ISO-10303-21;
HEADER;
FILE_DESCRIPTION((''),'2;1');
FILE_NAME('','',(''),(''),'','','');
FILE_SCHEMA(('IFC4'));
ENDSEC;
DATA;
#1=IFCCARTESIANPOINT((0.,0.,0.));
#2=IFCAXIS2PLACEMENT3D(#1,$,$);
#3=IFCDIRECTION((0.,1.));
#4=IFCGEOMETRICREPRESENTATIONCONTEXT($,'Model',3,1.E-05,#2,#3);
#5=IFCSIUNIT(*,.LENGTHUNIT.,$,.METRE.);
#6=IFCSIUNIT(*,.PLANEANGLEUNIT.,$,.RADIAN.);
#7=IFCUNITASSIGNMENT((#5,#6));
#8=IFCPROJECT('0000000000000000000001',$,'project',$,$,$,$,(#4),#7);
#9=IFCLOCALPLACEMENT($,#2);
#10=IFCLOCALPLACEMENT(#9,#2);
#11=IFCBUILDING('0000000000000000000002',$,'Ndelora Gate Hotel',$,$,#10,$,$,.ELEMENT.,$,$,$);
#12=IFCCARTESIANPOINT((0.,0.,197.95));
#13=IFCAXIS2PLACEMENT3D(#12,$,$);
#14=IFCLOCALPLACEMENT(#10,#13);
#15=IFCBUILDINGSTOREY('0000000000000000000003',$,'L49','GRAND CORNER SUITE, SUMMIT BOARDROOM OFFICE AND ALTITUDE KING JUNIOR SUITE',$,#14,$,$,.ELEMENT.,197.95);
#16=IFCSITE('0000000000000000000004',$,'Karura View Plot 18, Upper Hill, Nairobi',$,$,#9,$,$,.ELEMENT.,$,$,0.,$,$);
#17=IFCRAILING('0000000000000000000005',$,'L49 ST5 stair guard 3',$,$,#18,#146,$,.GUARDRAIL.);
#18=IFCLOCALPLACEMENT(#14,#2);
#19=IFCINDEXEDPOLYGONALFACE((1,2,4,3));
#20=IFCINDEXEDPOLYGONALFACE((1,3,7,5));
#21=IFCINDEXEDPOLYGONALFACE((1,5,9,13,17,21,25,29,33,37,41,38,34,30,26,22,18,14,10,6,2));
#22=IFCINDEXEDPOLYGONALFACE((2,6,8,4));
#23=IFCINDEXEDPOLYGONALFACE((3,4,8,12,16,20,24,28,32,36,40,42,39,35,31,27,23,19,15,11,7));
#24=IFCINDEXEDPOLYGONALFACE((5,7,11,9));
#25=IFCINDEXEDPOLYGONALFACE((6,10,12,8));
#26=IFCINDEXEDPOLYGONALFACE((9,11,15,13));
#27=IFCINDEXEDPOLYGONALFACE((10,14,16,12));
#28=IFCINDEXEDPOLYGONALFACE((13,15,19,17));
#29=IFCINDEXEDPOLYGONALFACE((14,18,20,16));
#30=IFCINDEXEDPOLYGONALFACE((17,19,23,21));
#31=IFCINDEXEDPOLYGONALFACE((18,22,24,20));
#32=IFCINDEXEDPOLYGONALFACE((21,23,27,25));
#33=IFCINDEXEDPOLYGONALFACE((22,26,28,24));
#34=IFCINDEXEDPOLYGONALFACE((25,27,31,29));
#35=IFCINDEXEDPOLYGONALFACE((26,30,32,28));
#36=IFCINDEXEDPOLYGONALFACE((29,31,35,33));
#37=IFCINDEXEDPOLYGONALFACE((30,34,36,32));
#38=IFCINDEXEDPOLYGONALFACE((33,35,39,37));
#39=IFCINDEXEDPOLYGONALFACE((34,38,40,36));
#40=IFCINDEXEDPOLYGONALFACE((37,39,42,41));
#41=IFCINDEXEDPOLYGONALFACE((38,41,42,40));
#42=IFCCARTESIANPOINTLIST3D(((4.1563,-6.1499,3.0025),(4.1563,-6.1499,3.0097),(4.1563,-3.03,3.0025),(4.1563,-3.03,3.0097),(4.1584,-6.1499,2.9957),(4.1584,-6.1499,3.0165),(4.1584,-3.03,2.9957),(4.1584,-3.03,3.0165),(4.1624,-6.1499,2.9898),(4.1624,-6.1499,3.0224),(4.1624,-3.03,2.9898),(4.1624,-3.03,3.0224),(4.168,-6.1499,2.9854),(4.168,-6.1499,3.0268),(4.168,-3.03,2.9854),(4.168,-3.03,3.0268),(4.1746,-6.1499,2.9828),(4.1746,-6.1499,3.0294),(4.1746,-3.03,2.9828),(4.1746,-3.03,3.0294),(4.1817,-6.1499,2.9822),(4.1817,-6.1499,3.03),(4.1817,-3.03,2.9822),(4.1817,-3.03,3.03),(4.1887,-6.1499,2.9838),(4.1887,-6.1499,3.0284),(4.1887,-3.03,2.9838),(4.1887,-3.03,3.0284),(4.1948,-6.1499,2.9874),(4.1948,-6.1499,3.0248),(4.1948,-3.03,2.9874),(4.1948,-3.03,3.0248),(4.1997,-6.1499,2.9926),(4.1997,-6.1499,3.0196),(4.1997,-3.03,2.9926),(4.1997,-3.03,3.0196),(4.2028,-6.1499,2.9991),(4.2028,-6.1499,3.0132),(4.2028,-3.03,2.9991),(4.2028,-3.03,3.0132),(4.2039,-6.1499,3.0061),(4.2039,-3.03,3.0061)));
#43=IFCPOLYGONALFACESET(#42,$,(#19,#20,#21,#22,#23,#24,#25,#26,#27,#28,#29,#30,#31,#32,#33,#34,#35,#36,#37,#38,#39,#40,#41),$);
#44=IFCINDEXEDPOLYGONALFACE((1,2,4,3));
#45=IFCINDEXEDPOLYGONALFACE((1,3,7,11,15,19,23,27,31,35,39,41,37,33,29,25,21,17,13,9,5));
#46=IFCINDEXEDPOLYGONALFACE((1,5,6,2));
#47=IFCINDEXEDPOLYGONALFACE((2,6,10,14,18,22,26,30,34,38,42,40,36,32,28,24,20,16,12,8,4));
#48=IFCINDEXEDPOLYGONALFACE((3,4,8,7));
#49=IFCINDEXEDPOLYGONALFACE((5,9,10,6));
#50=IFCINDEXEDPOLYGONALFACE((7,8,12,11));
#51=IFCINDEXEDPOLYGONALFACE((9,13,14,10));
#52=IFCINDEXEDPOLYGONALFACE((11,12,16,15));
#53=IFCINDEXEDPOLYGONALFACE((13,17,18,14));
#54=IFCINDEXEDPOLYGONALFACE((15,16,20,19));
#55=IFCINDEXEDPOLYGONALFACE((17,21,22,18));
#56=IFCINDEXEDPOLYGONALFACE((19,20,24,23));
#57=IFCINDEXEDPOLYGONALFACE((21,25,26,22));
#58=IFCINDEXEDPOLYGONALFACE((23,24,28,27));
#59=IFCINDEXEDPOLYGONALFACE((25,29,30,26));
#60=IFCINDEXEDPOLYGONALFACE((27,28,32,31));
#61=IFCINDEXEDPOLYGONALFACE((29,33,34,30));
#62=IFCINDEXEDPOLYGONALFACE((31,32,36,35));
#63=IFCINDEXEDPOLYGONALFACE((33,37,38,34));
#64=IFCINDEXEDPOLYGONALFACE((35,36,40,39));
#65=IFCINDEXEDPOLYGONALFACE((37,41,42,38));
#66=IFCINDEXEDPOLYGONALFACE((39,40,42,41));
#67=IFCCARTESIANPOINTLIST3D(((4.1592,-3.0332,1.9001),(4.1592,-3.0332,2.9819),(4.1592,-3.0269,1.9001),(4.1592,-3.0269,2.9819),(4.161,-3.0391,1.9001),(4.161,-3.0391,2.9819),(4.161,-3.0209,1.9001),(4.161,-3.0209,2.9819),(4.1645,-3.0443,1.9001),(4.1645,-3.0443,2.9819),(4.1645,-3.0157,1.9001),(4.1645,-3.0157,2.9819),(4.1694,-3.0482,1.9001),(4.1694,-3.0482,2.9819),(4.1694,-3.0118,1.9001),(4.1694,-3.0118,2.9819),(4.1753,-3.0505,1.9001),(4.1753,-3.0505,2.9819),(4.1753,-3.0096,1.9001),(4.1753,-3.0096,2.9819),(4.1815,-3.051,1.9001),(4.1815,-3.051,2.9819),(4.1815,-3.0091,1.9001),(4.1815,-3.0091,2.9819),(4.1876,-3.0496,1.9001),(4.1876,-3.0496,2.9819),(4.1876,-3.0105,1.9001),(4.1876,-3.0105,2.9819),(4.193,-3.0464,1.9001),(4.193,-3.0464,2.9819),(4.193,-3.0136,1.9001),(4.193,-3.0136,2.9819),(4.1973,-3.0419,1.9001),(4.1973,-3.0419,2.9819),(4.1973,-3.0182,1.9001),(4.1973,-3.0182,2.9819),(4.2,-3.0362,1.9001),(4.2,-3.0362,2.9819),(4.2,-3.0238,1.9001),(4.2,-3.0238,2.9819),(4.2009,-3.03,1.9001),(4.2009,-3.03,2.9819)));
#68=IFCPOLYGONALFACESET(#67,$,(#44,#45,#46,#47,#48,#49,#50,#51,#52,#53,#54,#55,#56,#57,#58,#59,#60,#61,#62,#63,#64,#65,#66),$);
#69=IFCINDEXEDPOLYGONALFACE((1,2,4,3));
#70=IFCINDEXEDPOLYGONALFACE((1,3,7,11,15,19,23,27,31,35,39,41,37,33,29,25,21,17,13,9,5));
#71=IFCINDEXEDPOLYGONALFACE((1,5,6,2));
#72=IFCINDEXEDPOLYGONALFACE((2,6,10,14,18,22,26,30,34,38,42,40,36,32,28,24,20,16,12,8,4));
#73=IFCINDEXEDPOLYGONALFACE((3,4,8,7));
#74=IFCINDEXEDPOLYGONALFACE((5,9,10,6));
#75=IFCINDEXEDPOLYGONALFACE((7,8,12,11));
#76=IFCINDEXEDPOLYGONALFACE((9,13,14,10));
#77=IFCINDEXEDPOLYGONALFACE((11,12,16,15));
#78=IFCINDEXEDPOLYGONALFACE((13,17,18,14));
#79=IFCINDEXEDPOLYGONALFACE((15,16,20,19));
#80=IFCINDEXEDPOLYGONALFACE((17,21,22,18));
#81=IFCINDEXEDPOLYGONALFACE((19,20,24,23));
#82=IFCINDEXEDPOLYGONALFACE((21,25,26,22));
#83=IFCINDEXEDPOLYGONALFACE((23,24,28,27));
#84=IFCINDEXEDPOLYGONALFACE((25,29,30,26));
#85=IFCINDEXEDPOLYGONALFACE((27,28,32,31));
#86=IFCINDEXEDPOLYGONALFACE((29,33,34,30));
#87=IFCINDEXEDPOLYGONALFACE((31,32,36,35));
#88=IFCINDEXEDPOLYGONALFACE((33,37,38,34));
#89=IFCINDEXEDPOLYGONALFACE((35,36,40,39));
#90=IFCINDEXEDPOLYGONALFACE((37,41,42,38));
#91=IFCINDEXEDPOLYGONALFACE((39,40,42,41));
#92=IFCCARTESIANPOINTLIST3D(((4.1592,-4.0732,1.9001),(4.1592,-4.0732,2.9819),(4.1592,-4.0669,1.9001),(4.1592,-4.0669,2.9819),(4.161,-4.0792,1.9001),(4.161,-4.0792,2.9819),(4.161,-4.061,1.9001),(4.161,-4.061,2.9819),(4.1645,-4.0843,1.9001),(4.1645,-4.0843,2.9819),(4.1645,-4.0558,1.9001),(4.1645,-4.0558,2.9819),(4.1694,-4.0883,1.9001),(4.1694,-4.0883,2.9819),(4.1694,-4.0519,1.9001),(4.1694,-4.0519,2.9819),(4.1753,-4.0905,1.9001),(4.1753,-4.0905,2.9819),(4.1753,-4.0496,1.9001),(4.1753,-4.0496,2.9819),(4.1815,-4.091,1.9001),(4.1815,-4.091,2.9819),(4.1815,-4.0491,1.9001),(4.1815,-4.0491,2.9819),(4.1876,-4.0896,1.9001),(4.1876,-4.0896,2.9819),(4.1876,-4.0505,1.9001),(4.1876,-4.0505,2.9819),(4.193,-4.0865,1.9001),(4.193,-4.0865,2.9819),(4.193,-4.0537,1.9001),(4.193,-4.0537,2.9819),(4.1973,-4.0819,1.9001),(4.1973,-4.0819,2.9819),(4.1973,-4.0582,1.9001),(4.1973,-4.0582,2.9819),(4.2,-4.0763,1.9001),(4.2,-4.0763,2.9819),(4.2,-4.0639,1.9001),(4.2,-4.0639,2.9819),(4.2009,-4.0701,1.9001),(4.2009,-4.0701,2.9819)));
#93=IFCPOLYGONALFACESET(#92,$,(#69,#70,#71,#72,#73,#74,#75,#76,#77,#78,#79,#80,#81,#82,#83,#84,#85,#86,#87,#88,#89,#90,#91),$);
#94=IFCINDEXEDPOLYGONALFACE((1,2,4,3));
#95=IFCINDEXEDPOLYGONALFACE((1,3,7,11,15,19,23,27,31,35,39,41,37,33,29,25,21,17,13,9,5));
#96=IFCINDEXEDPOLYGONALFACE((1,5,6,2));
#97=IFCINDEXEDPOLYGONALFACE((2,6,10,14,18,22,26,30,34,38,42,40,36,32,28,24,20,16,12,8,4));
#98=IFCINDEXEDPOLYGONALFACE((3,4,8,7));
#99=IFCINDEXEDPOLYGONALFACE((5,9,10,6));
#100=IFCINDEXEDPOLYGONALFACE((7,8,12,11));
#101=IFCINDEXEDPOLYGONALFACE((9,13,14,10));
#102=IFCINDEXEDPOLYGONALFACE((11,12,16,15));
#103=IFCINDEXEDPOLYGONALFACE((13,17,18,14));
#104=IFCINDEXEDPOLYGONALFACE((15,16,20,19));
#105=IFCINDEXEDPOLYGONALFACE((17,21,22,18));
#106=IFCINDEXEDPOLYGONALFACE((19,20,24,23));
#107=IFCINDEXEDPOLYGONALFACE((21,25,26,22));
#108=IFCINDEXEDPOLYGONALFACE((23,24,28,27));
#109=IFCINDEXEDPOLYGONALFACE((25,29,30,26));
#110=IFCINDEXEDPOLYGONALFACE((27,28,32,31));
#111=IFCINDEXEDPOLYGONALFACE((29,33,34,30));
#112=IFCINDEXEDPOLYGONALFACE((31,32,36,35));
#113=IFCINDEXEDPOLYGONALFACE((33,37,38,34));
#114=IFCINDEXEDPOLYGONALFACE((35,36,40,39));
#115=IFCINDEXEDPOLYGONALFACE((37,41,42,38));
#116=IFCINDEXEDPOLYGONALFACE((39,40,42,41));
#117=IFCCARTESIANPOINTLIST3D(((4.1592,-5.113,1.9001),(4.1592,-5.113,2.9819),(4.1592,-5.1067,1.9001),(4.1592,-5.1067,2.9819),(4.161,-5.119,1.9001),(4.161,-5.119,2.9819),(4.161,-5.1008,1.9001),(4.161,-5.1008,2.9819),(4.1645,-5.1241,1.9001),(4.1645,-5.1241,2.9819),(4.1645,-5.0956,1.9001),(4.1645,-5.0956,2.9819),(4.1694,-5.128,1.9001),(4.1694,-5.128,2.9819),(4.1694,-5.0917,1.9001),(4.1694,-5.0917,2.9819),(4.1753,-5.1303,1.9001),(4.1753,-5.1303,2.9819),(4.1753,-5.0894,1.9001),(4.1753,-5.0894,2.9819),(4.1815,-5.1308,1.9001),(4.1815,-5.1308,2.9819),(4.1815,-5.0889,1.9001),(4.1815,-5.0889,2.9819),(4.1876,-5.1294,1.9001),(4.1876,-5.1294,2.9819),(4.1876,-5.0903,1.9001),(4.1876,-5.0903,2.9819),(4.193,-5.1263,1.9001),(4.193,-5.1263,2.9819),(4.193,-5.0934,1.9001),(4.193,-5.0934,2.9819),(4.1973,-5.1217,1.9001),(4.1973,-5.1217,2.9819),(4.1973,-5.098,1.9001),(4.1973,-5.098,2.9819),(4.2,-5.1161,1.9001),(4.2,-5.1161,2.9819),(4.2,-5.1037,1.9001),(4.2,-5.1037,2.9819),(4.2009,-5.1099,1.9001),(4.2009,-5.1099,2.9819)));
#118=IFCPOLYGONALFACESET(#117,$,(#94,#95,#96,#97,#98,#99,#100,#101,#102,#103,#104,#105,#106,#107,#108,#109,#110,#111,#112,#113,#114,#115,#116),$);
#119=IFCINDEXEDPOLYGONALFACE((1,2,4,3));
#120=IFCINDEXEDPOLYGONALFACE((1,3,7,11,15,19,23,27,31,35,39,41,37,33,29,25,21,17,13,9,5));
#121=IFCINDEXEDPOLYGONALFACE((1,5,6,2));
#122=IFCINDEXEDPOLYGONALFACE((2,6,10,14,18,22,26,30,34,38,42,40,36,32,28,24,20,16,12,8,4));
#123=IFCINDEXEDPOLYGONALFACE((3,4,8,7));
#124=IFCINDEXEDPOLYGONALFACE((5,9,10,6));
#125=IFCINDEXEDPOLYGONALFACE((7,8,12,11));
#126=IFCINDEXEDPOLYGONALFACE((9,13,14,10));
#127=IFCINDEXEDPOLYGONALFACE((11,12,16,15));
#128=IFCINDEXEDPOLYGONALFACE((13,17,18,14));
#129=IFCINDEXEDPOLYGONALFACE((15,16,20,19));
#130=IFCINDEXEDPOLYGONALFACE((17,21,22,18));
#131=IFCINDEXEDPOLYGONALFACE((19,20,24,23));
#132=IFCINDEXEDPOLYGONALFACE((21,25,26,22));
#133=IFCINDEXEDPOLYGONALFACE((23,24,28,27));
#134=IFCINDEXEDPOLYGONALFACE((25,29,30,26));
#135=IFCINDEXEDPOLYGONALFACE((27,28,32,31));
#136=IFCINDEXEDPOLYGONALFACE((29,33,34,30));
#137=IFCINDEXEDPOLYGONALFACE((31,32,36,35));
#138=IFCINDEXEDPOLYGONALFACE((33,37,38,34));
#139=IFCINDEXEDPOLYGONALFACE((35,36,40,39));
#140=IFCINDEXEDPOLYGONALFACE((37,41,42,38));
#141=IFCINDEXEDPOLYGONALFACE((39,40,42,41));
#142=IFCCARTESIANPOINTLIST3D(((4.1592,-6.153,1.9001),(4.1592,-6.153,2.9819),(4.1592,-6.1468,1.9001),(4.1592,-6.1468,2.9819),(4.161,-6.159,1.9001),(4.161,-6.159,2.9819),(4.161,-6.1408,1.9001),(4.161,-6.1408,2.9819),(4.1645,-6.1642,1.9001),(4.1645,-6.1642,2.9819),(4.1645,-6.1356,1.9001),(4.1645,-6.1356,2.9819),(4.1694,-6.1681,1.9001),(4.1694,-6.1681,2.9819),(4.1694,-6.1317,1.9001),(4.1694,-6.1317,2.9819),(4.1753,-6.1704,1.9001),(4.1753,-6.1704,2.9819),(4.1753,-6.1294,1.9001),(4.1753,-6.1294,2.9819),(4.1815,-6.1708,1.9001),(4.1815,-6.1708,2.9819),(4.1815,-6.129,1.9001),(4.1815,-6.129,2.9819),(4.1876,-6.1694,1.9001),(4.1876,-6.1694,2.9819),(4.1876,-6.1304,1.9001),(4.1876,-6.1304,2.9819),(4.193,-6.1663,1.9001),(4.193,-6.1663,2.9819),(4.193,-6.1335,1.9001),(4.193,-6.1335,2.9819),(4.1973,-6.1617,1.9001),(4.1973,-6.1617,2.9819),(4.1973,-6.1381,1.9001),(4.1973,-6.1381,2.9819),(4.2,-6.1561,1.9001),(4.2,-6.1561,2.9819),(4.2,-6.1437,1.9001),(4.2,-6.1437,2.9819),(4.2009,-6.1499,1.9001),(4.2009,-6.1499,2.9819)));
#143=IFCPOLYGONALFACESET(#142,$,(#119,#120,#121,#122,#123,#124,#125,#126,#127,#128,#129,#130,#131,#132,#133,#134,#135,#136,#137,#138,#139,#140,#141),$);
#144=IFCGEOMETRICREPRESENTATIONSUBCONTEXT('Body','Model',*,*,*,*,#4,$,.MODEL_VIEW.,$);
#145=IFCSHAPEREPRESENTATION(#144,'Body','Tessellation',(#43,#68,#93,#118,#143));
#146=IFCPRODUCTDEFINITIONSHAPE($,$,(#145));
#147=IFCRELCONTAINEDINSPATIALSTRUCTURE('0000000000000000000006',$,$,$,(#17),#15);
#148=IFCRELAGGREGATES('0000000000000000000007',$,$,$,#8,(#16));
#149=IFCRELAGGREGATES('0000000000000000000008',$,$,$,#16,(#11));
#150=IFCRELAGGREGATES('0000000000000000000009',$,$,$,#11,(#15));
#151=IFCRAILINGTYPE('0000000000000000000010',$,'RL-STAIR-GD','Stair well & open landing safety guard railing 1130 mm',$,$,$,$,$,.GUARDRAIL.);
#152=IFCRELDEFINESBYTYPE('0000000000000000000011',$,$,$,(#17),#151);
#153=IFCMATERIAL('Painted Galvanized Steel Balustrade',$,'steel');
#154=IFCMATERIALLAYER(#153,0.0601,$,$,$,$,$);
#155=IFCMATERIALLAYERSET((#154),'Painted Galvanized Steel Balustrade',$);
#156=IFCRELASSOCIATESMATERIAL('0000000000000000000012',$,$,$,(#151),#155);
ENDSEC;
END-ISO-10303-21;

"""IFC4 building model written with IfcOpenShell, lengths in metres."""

from ifc_helpers import new_model, si_unit, direction, frame, origin, origin_2d, place, context, subcontext, project, spatial, circle, extrude, material, layer, layer_set, type_object, element, save


model = new_model("IFC4")

# Units and contexts
model_context = context("Model", 3, precision=1e-05, world=origin(), true_north=direction((0.0, 1.0)))
body_context = subcontext(model_context, "Body", "Model", "MODEL_VIEW")
ifc_project = project(units=[si_unit("LENGTHUNIT", "METRE"), si_unit("PLANEANGLEUNIT", "RADIAN")], contexts=[model_context])

# Site, building, storey
site_placement = place(None, origin())
site = spatial("IfcSite", under=ifc_project, at=site_placement, Name="Karura View Plot 18, Upper Hill, Nairobi", CompositionType="ELEMENT", RefElevation=0.0)
building_placement = place(site_placement, origin())
building = spatial("IfcBuilding", under=site, at=building_placement, Name="Ndelora Gate Hotel", CompositionType="ELEMENT")
storey_placement = place(building_placement, frame((0.0, 0.0, 197.95)))
storey = spatial("IfcBuildingStorey", under=building, at=storey_placement, Name="L49", Description="GRAND CORNER SUITE, SUMMIT BOARDROOM OFFICE AND ALTITUDE KING JUNIOR SUITE", CompositionType="ELEMENT", Elevation=197.95)

# Railing
ifc_material_1 = material(Name="Painted Galvanized Steel Balustrade", Category="steel")
ifc_layer_1 = layer(ifc_material_1, 0.0601)
ifc_layer_set_1 = layer_set([ifc_layer_1], Name="Painted Galvanized Steel Balustrade")
railing_type_1 = type_object("IfcRailingType", Name="RL-STAIR-GD", Description="Stair well & open landing safety guard railing 1130 mm", PredefinedType="GUARDRAIL", material=ifc_layer_set_1)
for number, where, name in (
    (1, (4.1799, -3.03, 1.9001), "L49 ST5 stair guard 3"),
):
    element("IfcRailing", number, at=place(storey_placement, frame(where)), inside=storey, type_object=railing_type_1, Name=name, PredefinedType="GUARDRAIL", context=body_context, shape_type="SweptSolid", body=[
        extrude(circle(Radius=0.0239, at=origin_2d()), frame((0.0, 0.0, 1.106), z_axis=(0.0, -1.0, 0.0), x_axis=(1.0, 0.0, 0.0)), (0.0, 0.0, 1.0), 3.1199),
        extrude(circle(Radius=0.021, at=origin_2d()), origin(), (0.0, 0.0, 1.0), 1.0818),
        extrude(circle(Radius=0.021, at=origin_2d()), frame((0.0, -1.04, 0.0)), (0.0, 0.0, 1.0), 1.0818),
        extrude(circle(Radius=0.021, at=origin_2d()), frame((0.0, -2.0798, 0.0)), (0.0, 0.0, 1.0), 1.0818),
        extrude(circle(Radius=0.021, at=origin_2d()), frame((0.0, -3.1199, 0.0)), (0.0, 0.0, 1.0), 1.0818),
    ])

save(model, "model.ifc")
